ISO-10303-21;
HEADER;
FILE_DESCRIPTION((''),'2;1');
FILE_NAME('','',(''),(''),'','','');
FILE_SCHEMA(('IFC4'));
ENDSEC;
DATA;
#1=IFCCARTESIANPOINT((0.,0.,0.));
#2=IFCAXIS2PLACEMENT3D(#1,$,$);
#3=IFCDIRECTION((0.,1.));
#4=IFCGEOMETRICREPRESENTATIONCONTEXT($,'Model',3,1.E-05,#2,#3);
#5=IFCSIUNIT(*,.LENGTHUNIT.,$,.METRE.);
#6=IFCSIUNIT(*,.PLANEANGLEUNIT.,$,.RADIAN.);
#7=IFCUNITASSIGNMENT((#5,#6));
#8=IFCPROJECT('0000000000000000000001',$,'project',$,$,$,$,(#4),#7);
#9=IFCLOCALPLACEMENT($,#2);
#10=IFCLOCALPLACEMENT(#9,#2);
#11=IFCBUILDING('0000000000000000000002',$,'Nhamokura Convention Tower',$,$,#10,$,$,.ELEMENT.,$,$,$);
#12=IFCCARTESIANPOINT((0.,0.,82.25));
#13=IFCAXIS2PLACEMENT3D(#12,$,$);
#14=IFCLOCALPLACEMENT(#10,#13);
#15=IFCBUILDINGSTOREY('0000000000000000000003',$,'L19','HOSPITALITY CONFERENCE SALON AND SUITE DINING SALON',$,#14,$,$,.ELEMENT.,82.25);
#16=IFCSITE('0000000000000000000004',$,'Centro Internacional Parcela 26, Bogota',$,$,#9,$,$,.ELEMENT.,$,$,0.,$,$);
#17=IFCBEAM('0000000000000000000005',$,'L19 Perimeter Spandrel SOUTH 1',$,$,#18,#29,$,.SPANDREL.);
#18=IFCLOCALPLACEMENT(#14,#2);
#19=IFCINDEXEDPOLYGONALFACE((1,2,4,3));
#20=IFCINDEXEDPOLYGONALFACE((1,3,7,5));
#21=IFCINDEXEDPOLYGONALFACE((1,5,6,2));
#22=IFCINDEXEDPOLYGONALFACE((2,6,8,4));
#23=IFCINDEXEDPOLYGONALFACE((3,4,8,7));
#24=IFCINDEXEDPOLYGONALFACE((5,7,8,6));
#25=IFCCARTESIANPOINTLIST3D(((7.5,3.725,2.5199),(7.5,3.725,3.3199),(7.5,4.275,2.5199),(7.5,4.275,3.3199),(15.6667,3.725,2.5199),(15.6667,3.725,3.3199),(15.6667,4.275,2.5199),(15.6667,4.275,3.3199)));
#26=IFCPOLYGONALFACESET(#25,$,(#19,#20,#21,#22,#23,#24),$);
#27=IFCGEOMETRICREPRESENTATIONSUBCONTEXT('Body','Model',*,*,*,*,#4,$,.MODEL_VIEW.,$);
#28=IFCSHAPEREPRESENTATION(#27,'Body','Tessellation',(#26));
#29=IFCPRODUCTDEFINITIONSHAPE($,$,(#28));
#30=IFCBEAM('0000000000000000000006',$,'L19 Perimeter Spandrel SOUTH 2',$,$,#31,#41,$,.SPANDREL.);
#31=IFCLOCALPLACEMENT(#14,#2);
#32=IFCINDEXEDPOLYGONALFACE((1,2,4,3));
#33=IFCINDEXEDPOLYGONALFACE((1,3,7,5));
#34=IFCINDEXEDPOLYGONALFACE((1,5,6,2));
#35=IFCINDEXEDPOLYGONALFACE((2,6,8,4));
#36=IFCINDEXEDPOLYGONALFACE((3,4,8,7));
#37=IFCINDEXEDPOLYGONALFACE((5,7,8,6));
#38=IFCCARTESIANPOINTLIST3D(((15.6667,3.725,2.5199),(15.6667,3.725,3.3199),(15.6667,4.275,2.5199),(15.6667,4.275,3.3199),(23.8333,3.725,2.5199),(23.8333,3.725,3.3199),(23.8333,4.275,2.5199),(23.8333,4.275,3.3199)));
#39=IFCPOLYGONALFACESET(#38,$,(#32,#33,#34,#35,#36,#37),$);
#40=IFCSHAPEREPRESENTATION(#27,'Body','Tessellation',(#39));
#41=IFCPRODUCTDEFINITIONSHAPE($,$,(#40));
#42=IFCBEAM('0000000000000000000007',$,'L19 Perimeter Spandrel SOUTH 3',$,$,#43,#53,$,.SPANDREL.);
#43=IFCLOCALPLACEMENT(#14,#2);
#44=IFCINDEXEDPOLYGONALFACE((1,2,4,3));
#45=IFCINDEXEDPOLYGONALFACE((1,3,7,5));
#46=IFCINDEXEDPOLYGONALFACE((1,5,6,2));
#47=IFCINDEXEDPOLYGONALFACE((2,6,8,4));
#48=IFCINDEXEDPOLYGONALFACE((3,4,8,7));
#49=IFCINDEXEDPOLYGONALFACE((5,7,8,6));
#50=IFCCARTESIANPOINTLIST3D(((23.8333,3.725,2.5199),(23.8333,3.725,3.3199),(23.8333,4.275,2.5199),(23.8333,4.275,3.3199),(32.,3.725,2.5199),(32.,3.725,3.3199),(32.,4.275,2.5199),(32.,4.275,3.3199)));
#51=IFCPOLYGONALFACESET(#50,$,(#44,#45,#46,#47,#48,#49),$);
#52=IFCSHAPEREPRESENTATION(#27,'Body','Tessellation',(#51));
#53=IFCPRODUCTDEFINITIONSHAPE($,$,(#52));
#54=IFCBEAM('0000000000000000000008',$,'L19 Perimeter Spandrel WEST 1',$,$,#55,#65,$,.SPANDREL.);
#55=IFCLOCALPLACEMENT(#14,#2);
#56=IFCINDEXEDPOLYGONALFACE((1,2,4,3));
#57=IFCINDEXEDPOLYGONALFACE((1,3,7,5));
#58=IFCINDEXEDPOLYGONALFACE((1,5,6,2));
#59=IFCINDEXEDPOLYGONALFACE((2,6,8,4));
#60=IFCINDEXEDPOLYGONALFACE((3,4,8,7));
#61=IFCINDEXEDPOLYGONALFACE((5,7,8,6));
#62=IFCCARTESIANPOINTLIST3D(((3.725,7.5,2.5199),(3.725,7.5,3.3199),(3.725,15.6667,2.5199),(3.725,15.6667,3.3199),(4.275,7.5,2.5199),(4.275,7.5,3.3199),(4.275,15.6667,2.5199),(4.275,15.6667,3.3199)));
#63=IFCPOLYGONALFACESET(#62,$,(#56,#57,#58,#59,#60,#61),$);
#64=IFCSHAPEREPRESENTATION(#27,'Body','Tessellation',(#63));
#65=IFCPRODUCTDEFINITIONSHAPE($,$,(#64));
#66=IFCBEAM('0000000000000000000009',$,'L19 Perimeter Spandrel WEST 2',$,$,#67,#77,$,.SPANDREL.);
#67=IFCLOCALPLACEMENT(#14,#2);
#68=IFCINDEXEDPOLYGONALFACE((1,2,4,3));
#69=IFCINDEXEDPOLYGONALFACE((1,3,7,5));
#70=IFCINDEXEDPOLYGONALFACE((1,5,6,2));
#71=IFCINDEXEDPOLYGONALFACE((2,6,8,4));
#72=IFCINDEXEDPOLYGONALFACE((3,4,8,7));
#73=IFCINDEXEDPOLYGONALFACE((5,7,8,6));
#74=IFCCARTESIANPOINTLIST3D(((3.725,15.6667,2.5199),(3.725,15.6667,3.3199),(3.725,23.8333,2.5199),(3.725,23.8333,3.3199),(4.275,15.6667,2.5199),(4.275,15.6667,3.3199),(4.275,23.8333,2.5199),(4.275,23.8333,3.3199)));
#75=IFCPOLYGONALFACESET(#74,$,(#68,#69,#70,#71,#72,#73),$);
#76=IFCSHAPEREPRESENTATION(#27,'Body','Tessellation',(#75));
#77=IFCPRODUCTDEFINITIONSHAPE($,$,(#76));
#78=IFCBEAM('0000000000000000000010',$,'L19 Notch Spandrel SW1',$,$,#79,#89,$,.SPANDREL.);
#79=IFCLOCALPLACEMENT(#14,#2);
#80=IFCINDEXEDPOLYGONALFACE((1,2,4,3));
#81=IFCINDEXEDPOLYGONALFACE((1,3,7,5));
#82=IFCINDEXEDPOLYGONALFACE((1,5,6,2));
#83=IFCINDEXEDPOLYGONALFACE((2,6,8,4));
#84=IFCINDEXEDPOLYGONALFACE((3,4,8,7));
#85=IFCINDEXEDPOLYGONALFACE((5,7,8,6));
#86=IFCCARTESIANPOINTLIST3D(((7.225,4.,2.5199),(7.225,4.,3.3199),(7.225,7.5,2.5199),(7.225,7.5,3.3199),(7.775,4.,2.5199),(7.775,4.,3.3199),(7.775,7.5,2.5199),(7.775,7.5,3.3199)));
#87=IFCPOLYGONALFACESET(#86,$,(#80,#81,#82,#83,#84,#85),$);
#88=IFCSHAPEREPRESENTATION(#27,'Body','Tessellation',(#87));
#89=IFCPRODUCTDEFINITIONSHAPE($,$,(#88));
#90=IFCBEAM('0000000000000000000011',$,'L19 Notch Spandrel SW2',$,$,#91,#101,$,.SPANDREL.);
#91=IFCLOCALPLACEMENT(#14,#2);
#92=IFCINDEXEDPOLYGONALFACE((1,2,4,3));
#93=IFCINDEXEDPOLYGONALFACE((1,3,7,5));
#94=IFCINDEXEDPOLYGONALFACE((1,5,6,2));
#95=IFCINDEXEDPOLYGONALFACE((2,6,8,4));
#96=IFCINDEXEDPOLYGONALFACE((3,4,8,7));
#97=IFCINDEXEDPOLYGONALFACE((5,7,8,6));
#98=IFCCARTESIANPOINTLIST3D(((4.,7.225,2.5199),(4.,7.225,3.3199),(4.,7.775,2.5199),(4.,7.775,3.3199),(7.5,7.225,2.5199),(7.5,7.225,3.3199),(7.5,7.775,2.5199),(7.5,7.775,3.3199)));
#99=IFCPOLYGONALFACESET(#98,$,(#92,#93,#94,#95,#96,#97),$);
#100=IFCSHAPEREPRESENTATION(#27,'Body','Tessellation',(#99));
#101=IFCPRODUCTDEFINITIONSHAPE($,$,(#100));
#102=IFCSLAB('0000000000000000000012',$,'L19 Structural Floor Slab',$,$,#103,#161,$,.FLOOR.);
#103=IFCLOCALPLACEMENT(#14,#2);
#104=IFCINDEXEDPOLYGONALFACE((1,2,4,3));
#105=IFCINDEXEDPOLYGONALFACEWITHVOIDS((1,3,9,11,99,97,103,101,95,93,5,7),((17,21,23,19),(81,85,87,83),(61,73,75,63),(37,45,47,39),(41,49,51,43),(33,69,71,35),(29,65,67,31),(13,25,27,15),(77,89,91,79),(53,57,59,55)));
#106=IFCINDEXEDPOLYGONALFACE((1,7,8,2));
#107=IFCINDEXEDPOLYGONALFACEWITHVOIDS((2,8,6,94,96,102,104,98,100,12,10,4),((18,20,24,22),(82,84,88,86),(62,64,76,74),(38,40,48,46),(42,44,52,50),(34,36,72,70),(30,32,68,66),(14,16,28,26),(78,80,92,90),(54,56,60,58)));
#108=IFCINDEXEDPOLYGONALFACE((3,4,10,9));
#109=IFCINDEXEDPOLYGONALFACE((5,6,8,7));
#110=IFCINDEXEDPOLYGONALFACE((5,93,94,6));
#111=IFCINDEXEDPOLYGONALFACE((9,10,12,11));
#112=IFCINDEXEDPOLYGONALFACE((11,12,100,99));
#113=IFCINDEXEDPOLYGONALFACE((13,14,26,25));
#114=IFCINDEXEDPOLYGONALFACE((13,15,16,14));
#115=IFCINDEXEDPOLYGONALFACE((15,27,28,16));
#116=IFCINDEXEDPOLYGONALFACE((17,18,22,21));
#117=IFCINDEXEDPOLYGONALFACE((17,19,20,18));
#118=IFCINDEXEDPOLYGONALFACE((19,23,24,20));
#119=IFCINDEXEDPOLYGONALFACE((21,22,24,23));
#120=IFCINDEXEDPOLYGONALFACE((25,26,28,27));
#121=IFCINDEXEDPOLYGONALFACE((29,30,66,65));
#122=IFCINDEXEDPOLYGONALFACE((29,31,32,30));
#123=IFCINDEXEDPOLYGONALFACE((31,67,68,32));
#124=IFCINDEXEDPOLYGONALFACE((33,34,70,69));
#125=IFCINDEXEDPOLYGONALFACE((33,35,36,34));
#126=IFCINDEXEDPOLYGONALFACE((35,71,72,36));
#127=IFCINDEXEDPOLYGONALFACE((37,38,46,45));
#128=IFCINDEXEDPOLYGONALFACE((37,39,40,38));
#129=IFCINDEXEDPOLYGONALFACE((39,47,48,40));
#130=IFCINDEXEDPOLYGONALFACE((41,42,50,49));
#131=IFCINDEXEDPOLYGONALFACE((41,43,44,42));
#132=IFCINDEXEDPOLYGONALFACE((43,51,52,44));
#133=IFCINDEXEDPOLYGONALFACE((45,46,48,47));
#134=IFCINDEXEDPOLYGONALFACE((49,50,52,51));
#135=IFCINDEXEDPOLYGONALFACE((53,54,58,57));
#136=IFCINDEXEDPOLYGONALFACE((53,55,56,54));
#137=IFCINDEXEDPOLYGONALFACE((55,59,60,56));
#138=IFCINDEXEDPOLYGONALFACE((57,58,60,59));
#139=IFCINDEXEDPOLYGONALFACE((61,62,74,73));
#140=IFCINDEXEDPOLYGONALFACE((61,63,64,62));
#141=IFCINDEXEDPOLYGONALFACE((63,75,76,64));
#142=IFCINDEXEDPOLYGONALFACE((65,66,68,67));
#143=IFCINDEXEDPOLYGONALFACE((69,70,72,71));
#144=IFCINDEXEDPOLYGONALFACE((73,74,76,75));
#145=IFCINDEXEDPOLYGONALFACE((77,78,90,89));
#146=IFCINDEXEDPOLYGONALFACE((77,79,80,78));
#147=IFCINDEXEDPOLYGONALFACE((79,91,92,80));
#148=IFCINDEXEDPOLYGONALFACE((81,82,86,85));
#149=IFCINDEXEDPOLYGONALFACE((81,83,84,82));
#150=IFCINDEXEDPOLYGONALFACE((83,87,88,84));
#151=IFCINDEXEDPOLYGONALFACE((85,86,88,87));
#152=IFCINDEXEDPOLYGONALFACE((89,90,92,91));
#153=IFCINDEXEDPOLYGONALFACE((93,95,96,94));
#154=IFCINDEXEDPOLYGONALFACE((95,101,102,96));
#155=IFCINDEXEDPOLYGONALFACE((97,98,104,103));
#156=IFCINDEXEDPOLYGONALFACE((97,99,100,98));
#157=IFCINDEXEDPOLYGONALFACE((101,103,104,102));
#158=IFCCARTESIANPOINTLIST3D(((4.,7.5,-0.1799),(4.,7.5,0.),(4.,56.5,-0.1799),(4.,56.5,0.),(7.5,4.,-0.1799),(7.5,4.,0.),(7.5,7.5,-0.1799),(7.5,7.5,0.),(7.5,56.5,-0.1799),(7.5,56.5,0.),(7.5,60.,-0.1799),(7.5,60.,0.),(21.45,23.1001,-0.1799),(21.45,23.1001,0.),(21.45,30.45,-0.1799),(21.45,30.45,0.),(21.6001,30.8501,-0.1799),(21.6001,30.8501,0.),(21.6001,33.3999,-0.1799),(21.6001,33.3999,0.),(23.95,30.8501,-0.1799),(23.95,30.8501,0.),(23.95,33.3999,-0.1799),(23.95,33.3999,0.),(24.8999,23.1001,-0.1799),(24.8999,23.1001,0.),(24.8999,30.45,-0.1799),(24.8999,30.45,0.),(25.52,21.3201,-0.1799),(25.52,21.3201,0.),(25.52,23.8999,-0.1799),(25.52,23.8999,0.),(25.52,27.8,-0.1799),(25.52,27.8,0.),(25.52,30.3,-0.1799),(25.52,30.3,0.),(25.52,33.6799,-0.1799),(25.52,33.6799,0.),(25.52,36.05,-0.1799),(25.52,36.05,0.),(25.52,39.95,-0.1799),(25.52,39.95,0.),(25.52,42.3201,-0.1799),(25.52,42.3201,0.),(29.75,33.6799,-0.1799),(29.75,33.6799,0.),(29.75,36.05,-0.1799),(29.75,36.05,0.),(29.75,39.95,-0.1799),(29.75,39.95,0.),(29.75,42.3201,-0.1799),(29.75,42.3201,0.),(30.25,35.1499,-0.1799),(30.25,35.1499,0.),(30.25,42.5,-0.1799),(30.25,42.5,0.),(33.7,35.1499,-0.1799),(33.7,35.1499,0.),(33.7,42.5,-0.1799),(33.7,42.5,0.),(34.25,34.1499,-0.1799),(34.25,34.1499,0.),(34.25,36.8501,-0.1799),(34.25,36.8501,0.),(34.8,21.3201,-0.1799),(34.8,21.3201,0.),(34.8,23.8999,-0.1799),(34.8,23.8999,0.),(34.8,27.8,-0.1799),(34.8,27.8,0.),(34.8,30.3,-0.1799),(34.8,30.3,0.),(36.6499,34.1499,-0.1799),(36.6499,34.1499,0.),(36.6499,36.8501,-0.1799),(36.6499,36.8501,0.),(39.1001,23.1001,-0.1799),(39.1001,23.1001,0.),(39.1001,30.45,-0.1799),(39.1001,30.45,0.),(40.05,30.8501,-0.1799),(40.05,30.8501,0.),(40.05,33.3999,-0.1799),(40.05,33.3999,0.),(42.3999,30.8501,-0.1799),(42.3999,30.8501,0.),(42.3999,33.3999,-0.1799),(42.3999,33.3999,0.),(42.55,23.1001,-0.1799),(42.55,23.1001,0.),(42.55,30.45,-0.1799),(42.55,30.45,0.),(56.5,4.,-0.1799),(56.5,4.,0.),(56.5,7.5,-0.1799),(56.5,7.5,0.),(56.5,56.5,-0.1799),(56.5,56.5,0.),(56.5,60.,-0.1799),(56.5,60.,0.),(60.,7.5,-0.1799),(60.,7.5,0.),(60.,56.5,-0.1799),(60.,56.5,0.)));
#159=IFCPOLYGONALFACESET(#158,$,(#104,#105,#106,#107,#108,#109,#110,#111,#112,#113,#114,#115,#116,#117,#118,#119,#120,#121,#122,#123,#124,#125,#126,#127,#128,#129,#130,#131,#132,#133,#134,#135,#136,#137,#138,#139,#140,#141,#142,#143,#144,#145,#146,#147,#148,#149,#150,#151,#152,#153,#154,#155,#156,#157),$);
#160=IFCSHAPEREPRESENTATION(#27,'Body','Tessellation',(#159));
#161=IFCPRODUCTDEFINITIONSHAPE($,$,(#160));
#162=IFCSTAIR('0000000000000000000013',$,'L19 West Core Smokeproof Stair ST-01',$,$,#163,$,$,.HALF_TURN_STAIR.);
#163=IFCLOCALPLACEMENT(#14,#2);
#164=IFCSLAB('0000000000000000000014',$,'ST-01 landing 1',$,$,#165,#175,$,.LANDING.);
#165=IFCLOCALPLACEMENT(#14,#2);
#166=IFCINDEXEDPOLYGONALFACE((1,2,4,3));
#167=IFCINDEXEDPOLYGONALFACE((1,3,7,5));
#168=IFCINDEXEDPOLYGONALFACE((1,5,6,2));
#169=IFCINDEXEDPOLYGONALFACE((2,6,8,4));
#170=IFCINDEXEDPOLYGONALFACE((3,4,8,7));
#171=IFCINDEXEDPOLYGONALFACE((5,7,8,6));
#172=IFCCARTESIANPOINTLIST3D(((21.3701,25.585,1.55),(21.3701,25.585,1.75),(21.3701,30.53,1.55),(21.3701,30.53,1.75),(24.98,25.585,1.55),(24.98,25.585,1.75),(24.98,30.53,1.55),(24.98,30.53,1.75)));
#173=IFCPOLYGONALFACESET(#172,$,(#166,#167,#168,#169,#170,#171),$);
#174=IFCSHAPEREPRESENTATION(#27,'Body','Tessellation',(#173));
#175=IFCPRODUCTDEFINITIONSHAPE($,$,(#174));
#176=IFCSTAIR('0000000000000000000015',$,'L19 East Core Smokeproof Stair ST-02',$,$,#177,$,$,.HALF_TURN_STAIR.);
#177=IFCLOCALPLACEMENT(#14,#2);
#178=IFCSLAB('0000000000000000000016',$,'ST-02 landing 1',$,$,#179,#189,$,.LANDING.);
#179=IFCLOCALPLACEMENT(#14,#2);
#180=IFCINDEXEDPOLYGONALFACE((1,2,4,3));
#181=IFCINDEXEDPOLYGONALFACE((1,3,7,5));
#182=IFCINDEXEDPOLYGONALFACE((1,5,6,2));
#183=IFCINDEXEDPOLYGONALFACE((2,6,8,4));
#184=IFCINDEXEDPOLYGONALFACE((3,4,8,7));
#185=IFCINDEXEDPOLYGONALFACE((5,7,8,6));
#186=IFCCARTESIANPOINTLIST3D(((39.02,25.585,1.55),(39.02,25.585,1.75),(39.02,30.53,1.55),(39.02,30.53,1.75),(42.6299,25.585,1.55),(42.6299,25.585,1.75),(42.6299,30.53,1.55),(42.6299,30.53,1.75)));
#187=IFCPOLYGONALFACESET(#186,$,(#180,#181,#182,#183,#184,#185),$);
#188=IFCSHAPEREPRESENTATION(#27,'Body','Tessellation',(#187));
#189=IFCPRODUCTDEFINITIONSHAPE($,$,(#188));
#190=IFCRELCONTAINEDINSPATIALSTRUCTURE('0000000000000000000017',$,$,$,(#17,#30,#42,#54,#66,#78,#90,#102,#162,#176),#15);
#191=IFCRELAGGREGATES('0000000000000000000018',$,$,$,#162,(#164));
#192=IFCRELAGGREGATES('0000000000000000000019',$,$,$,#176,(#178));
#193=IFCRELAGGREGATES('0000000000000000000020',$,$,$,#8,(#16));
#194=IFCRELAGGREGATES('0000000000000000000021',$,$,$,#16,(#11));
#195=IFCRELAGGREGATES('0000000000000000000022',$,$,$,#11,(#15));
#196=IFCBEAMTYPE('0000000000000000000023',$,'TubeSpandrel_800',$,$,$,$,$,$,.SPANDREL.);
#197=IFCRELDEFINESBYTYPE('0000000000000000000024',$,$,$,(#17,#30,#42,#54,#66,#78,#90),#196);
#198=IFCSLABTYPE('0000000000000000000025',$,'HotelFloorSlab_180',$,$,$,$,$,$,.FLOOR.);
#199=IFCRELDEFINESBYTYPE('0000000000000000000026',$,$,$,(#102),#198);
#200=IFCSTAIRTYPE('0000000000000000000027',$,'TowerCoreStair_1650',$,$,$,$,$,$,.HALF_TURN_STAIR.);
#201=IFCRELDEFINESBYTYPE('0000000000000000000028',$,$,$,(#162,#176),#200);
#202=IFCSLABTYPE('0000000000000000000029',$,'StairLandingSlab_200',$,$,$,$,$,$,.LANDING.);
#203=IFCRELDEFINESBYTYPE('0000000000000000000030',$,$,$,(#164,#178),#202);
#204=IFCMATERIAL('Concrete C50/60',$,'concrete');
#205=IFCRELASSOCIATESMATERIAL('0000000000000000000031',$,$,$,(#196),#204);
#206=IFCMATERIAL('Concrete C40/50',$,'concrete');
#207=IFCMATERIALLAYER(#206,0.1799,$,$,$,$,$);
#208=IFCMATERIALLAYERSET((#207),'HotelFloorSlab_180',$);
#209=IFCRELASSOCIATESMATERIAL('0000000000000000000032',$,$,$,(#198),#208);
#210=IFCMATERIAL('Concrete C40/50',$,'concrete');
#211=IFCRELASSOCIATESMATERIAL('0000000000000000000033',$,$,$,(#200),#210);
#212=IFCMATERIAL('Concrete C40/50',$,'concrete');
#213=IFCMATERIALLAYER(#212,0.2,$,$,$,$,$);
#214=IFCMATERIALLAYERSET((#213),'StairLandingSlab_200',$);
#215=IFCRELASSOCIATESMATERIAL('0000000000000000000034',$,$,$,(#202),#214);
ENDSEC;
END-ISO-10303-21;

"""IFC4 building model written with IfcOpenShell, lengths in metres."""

from ifc_helpers import new_model, si_unit, direction, frame, origin, origin_2d, place, context, subcontext, project, spatial, polyline, rectangle, outline, extrude, material, layer, layer_set, material_profile, profile_set, type_object, element, aggregate, save


model = new_model("IFC4")

# Units and contexts
model_context = context("Model", 3, precision=1e-05, world=origin(), true_north=direction((0.0, 1.0)))
body_context = subcontext(model_context, "Body", "Model", "MODEL_VIEW")
ifc_project = project(units=[si_unit("LENGTHUNIT", "METRE"), si_unit("PLANEANGLEUNIT", "RADIAN")], contexts=[model_context])

# Site, building, storey
site_placement = place(None, origin())
site = spatial("IfcSite", under=ifc_project, at=site_placement, Name="Centro Internacional Parcela 26, Bogota", CompositionType="ELEMENT", RefElevation=0.0)
building_placement = place(site_placement, origin())
building = spatial("IfcBuilding", under=site, at=building_placement, Name="Nhamokura Convention Tower", CompositionType="ELEMENT")
storey_placement = place(building_placement, frame((0.0, 0.0, 82.25)))
storey = spatial("IfcBuildingStorey", under=building, at=storey_placement, Name="L19", Description="HOSPITALITY CONFERENCE SALON AND SUITE DINING SALON", CompositionType="ELEMENT", Elevation=82.25)

# Beams
ifc_material_1 = material(Name="Concrete C50/60", Category="concrete")
ifc_material_profile_1 = material_profile(ifc_material_1, rectangle(XDim=0.55, YDim=0.8, at=origin_2d()))
ifc_profile_set_1 = profile_set([ifc_material_profile_1], Name="Concrete C50/60")
beam_type_1 = type_object("IfcBeamType", Name="TubeSpandrel_800", PredefinedType="SPANDREL", material=ifc_profile_set_1)
beam_1_placement = place(storey_placement, frame((7.5, 4.0, 2.9199), z_axis=(1.0, 0.0, 0.0), x_axis=(0.0, 1.0, 0.0)))
element("IfcBeam", 1, at=beam_1_placement, inside=storey, type_object=beam_type_1, Name="L19 Perimeter Spandrel SOUTH 1", PredefinedType="SPANDREL", context=body_context, shape_type="SweptSolid", body=[
    extrude(rectangle(XDim=0.55, YDim=0.8, at=origin_2d()), origin(), (0.0, 0.0, 1.0), 8.1667),
])
beam_2_placement = place(storey_placement, frame((15.6667, 4.0, 2.9199), z_axis=(1.0, 0.0, 0.0), x_axis=(0.0, 1.0, 0.0)))
element("IfcBeam", 2, at=beam_2_placement, inside=storey, type_object=beam_type_1, Name="L19 Perimeter Spandrel SOUTH 2", PredefinedType="SPANDREL", context=body_context, shape_type="SweptSolid", body=[
    extrude(rectangle(XDim=0.55, YDim=0.8, at=origin_2d()), origin(), (0.0, 0.0, 1.0), 8.1665),
])
for number, where, z_axis, x_axis, name in (
    (3, (23.8333, 4.0, 2.9199), (1.0, 0.0, 0.0), (0.0, 1.0, 0.0), "L19 Perimeter Spandrel SOUTH 3"),
    (4, (4.0, 7.5, 2.9199), (0.0, 1.0, 0.0), (-1.0, 0.0, 0.0), "L19 Perimeter Spandrel WEST 1"),
):
    element("IfcBeam", number, at=place(storey_placement, frame(where, z_axis=z_axis, x_axis=x_axis)), inside=storey, type_object=beam_type_1, Name=name, PredefinedType="SPANDREL", context=body_context, shape_type="SweptSolid", body=[
        extrude(rectangle(XDim=0.55, YDim=0.8, at=origin_2d()), origin(), (0.0, 0.0, 1.0), 8.1667),
    ])
beam_3_placement = place(storey_placement, frame((4.0, 15.6667, 2.9199), z_axis=(0.0, 1.0, 0.0), x_axis=(-1.0, 0.0, 0.0)))
element("IfcBeam", 5, at=beam_3_placement, inside=storey, type_object=beam_type_1, Name="L19 Perimeter Spandrel WEST 2", PredefinedType="SPANDREL", context=body_context, shape_type="SweptSolid", body=[
    extrude(rectangle(XDim=0.55, YDim=0.8, at=origin_2d()), origin(), (0.0, 0.0, 1.0), 8.1665),
])
for number, where, z_axis, x_axis, name in (
    (6, (7.5, 4.0, 2.9199), (0.0, 1.0, 0.0), (-1.0, 0.0, 0.0), "L19 Notch Spandrel SW1"),
    (7, (7.5, 7.5, 2.9199), (-1.0, 0.0, 0.0), (0.0, -1.0, 0.0), "L19 Notch Spandrel SW2"),
):
    element("IfcBeam", number, at=place(storey_placement, frame(where, z_axis=z_axis, x_axis=x_axis)), inside=storey, type_object=beam_type_1, Name=name, PredefinedType="SPANDREL", context=body_context, shape_type="SweptSolid", body=[
        extrude(rectangle(XDim=0.55, YDim=0.8, at=origin_2d()), origin(), (0.0, 0.0, 1.0), 3.5),
    ])

# Slab
ifc_material_2 = material(Name="Concrete C40/50", Category="concrete")
ifc_layer_1 = layer(ifc_material_2, 0.1799)
ifc_layer_set_1 = layer_set([ifc_layer_1], Name="HotelFloorSlab_180")
slab_type_1 = type_object("IfcSlabType", Name="HotelFloorSlab_180", PredefinedType="FLOOR", material=ifc_layer_set_1)
slab_1_placement = place(storey_placement, frame((0.0, 0.0, -0.1799)))
element("IfcSlab", 8, at=slab_1_placement, inside=storey, type_object=slab_type_1, Name="L19 Structural Floor Slab", PredefinedType="FLOOR", context=body_context, shape_type="SweptSolid", body=[
    extrude(outline(polyline([(7.5, 4.0), (56.5, 4.0), (56.5, 7.5), (60.0, 7.5), (60.0, 56.5), (56.5, 56.5), (56.5, 60.0), (7.5, 60.0), (7.5, 56.5), (4.0, 56.5), (4.0, 7.5), (7.5, 7.5), (7.5, 4.0)]), holes=[polyline([(24.8999, 23.1001), (24.8999, 30.45), (21.45, 30.45), (21.45, 23.1001), (24.8999, 23.1001)]), polyline([(42.55, 23.1001), (42.55, 30.45), (39.1001, 30.45), (39.1001, 23.1001), (42.55, 23.1001)]), polyline([(33.7, 35.1499), (33.7, 42.5), (30.25, 42.5), (30.25, 35.1499), (33.7, 35.1499)]), polyline([(21.6001, 30.8501), (23.95, 30.8501), (23.95, 33.3999), (21.6001, 33.3999), (21.6001, 30.8501)]), polyline([(40.05, 30.8501), (42.3999, 30.8501), (42.3999, 33.3999), (40.05, 33.3999), (40.05, 30.8501)]), polyline([(34.25, 34.1499), (36.6499, 34.1499), (36.6499, 36.8501), (34.25, 36.8501), (34.25, 34.1499)]), polyline([(25.52, 21.3201), (34.8, 21.3201), (34.8, 23.8999), (25.52, 23.8999), (25.52, 21.3201)]), polyline([(25.52, 27.8), (34.8, 27.8), (34.8, 30.3), (25.52, 30.3), (25.52, 27.8)]), polyline([(25.52, 33.6799), (29.75, 33.6799), (29.75, 36.05), (25.52, 36.05), (25.52, 33.6799)]), polyline([(25.52, 39.95), (29.75, 39.95), (29.75, 42.3201), (25.52, 42.3201), (25.52, 39.95)])]), origin(), (0.0, 0.0, 1.0), 0.1799),
])

# Stairs, slabs
ifc_material_3 = material(Name="Concrete C40/50", Category="concrete")
stair_type = type_object("IfcStairType", Name="TowerCoreStair_1650", PredefinedType="HALF_TURN_STAIR", material=ifc_material_3)
stair_1_placement = place(storey_placement, origin())
stair_1 = element("IfcStair", 9, at=stair_1_placement, inside=storey, type_object=stair_type, Name="L19 West Core Smokeproof Stair ST-01", PredefinedType="HALF_TURN_STAIR")
ifc_material_4 = material(Name="Concrete C40/50", Category="concrete")
ifc_layer_2 = layer(ifc_material_4, 0.2)
ifc_layer_set_2 = layer_set([ifc_layer_2], Name="StairLandingSlab_200")
slab_type_2 = type_object("IfcSlabType", Name="StairLandingSlab_200", PredefinedType="LANDING", material=ifc_layer_set_2)
slab_2_placement = place(storey_placement, frame((0.0, 0.0, 1.55)))
slab_2 = element("IfcSlab", 10, at=slab_2_placement, type_object=slab_type_2, Name="ST-01 landing 1", PredefinedType="LANDING", context=body_context, shape_type="SweptSolid", body=[
    extrude(outline(polyline([(24.98, 25.585), (24.98, 30.53), (21.3701, 30.53), (21.3701, 25.585), (24.98, 25.585)])), origin(), (0.0, 0.0, 1.0), 0.2),
])
aggregate(stair_1, [slab_2])
stair_2_placement = place(storey_placement, origin())
stair_2 = element("IfcStair", 11, at=stair_2_placement, inside=storey, type_object=stair_type, Name="L19 East Core Smokeproof Stair ST-02", PredefinedType="HALF_TURN_STAIR")
slab_3_placement = place(storey_placement, frame((0.0, 0.0, 1.55)))
slab_3 = element("IfcSlab", 12, at=slab_3_placement, type_object=slab_type_2, Name="ST-02 landing 1", PredefinedType="LANDING", context=body_context, shape_type="SweptSolid", body=[
    extrude(outline(polyline([(42.6299, 25.585), (42.6299, 30.53), (39.02, 30.53), (39.02, 25.585), (42.6299, 25.585)])), origin(), (0.0, 0.0, 1.0), 0.2),
])
aggregate(stair_2, [slab_3])

save(model, "model.ifc")
